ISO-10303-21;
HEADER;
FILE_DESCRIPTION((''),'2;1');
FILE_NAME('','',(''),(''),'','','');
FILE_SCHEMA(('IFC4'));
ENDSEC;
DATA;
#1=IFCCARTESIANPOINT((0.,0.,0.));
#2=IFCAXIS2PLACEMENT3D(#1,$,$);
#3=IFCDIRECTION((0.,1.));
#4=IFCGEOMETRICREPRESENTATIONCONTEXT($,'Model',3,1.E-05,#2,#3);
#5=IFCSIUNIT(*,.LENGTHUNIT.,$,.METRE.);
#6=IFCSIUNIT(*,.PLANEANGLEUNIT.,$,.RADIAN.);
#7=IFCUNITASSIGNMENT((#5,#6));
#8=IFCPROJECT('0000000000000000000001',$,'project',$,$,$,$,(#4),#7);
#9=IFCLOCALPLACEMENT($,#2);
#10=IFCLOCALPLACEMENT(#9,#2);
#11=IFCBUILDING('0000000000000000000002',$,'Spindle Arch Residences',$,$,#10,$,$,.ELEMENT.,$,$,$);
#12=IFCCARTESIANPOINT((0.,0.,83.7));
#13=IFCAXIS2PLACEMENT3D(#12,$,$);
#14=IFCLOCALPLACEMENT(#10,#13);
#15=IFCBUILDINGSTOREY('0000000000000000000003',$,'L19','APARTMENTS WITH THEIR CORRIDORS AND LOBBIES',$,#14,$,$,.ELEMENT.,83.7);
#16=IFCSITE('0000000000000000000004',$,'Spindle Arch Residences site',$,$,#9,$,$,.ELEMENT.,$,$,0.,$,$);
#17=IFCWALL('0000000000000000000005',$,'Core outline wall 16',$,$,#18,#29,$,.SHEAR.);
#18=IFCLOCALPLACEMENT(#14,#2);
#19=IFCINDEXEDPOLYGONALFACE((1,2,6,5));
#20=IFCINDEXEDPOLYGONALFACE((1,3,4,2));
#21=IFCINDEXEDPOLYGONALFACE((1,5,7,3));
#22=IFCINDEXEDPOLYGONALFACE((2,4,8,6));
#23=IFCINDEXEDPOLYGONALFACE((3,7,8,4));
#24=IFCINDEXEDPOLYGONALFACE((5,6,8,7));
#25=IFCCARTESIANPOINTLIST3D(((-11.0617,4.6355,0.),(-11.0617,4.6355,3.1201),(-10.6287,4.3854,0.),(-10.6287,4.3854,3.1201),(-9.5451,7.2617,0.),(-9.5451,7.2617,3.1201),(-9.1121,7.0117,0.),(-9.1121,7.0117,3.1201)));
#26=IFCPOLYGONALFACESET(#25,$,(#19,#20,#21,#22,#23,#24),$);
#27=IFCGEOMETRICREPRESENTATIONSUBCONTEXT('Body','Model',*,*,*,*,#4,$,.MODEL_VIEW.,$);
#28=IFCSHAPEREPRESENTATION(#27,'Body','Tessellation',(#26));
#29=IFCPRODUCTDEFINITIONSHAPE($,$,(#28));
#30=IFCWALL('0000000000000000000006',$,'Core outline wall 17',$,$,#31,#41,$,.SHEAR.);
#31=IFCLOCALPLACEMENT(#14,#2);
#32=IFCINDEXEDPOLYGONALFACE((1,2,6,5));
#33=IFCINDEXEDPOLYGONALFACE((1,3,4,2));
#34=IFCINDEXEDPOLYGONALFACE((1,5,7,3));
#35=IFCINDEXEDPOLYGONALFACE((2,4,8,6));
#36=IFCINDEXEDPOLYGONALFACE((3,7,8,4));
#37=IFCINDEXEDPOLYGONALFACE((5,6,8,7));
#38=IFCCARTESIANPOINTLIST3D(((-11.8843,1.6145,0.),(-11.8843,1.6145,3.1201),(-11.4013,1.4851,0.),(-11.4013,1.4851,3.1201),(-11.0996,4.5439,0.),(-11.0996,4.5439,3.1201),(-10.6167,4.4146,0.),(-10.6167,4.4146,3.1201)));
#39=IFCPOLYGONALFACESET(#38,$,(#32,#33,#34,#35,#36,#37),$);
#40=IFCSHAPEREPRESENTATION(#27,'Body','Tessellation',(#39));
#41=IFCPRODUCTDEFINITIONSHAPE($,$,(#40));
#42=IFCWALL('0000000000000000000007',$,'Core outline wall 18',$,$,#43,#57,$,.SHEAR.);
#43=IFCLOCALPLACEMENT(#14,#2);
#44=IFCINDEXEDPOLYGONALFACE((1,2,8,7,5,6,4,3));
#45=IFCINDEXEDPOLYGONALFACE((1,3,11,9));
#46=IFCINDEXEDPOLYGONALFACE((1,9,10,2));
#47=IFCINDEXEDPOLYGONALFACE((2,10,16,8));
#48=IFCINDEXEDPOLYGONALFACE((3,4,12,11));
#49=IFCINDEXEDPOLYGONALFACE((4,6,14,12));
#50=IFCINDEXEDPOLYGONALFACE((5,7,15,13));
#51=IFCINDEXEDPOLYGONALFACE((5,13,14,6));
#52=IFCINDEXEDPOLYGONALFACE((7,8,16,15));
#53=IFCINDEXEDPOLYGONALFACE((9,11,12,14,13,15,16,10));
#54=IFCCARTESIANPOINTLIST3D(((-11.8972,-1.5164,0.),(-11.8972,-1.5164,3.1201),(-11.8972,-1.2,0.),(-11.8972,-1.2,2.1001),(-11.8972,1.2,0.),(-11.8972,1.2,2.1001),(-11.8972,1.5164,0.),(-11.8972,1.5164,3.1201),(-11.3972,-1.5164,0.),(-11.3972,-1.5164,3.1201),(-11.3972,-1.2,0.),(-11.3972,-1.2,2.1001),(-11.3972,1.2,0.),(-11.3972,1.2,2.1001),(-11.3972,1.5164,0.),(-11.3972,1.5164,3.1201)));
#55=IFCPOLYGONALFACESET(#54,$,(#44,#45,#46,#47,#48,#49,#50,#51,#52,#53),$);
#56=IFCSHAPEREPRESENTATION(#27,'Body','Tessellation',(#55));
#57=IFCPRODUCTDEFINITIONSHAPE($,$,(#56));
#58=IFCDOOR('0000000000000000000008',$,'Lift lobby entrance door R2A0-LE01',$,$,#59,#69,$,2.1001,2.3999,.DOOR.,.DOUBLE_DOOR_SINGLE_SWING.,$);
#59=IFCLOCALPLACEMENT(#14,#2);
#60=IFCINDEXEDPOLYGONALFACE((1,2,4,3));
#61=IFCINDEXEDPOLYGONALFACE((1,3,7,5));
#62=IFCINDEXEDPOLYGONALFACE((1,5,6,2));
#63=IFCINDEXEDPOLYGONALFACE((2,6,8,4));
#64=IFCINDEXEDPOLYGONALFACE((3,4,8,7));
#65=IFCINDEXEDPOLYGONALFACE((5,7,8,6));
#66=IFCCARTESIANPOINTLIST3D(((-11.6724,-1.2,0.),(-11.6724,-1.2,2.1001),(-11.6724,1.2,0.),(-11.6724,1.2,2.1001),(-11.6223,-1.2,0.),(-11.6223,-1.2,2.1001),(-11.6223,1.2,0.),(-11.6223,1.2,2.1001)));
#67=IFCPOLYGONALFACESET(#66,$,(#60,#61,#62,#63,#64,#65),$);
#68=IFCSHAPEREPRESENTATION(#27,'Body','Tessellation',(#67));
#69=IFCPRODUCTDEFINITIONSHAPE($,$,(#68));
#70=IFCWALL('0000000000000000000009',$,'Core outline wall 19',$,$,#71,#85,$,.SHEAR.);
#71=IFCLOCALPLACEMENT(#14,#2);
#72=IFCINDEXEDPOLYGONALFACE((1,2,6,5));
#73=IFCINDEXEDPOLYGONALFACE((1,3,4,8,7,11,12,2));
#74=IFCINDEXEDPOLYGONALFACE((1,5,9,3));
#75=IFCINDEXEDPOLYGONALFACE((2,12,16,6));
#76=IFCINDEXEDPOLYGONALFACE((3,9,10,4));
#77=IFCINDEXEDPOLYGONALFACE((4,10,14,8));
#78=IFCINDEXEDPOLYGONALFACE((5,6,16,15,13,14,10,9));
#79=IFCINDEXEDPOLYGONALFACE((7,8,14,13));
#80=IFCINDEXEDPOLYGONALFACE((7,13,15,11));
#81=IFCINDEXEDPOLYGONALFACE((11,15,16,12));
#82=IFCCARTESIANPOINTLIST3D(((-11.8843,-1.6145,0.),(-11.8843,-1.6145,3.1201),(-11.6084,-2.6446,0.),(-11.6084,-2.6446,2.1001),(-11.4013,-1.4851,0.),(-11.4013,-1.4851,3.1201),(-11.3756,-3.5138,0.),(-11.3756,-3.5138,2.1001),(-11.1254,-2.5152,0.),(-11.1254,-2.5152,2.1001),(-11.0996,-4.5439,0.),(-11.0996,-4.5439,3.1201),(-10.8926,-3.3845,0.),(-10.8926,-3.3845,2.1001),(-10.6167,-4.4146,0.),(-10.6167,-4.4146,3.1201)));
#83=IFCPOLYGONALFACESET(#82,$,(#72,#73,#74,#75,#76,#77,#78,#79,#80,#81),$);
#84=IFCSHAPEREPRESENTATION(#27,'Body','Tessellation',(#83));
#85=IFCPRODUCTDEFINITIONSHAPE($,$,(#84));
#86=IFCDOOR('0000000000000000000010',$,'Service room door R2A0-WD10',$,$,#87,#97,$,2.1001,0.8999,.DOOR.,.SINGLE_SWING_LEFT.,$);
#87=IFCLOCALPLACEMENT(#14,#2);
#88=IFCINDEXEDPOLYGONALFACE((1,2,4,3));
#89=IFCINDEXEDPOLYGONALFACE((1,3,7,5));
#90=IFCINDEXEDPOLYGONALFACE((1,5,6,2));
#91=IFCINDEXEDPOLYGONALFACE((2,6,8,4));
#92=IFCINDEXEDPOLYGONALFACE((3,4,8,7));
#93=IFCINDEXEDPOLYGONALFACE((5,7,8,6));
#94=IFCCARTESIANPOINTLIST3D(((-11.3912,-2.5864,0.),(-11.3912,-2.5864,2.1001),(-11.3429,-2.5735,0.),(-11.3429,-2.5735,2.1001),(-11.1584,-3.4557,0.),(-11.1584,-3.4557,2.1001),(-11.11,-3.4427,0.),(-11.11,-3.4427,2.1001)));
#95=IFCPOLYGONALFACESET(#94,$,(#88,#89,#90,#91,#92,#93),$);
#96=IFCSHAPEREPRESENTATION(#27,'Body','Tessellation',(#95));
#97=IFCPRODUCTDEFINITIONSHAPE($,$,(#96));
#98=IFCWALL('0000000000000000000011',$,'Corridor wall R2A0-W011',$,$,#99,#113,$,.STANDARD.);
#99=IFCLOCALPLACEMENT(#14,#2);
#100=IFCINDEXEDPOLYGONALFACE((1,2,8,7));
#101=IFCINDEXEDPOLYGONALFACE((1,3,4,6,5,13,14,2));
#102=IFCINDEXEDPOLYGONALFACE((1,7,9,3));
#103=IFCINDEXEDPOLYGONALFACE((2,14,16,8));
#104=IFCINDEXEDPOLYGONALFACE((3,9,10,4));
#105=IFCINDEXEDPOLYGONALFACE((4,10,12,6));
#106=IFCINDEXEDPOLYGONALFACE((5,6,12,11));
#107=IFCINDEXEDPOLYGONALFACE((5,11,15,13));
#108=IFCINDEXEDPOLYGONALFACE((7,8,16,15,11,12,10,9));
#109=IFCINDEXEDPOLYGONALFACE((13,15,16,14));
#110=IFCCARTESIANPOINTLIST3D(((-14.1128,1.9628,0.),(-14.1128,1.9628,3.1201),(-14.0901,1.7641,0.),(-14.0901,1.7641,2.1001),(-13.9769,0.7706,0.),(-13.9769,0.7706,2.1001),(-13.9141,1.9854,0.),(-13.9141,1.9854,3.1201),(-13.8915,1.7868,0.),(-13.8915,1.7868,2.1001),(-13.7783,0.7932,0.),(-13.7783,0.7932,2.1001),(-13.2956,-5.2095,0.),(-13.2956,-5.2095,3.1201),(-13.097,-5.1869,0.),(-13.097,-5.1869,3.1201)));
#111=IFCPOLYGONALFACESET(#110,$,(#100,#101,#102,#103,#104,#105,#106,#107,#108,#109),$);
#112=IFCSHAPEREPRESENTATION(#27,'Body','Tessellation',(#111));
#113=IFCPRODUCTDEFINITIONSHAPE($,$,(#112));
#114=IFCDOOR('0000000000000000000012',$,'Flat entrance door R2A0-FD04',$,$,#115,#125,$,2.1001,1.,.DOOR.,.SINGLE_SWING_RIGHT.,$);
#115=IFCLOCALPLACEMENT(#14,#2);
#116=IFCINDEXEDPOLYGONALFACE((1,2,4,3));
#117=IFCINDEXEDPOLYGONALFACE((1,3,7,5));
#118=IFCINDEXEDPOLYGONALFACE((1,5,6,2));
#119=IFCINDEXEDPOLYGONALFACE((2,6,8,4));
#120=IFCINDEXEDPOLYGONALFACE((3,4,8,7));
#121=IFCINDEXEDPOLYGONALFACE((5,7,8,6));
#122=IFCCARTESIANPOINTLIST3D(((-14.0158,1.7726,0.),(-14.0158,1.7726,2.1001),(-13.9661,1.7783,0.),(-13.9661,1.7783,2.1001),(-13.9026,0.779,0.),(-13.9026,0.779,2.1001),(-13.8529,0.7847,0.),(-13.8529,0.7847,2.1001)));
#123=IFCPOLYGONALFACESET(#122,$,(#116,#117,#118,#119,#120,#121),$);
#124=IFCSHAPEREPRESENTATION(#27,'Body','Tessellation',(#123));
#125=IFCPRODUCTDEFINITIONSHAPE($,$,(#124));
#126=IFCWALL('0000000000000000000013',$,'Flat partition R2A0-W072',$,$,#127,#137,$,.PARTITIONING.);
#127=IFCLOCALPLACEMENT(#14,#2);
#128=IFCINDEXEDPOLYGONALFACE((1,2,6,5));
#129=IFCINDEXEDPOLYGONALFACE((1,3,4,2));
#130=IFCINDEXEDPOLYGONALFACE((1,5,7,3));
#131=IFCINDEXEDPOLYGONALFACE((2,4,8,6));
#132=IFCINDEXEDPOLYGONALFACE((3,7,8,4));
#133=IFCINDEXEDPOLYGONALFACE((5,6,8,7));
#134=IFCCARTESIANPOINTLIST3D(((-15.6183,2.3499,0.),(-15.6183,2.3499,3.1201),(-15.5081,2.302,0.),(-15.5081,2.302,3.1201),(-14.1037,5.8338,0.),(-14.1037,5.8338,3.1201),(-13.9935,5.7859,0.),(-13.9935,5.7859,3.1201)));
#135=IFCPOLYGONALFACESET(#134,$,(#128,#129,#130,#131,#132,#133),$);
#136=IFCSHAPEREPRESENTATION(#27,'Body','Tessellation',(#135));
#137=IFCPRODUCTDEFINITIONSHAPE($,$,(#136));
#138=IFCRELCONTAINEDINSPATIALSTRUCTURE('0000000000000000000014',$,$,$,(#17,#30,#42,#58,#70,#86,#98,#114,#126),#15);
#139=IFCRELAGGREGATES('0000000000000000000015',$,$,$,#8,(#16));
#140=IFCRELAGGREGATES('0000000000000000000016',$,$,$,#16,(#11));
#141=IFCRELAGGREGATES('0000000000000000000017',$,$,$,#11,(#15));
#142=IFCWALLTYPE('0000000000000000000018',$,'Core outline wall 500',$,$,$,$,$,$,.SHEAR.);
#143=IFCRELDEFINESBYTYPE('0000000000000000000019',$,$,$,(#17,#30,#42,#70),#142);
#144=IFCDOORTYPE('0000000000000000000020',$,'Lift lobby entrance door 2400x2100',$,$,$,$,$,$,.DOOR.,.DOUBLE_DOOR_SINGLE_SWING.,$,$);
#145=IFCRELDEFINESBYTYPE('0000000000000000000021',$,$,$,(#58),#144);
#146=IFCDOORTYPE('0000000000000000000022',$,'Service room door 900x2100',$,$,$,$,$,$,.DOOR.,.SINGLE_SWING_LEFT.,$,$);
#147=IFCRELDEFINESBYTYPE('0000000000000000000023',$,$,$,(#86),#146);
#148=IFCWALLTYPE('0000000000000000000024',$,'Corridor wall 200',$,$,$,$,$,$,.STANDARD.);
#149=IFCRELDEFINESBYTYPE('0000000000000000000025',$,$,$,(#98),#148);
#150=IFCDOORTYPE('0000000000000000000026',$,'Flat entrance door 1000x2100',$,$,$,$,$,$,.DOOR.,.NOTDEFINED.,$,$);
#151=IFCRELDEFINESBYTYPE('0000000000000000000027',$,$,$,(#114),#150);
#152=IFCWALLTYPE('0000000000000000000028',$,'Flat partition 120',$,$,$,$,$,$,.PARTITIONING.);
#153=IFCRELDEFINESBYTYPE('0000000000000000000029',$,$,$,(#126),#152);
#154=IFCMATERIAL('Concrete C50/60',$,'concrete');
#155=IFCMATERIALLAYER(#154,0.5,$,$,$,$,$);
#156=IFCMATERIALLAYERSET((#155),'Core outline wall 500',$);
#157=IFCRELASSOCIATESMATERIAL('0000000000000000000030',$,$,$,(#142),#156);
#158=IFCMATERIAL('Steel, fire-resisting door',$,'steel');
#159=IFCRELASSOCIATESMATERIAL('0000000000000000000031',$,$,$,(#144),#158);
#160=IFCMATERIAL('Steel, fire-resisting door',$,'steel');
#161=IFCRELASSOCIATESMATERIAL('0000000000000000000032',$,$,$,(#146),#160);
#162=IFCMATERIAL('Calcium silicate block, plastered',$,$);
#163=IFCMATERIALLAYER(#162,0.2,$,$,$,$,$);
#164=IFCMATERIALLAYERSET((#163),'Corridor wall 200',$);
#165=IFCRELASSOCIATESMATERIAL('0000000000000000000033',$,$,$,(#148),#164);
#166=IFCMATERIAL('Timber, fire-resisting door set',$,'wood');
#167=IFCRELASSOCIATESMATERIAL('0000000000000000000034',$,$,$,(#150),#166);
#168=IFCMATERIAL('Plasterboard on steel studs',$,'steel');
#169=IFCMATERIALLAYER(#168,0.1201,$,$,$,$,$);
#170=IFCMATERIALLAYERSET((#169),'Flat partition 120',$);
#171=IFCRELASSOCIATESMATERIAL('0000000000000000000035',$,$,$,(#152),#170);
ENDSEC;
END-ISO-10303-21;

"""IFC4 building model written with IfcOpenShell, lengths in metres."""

from ifc_helpers import new_model, si_unit, direction, frame, frame_2d, origin, place, context, subcontext, project, spatial, rectangle, extrude, material, layer, layer_set, type_object, element, fill, save


model = new_model("IFC4")

# Units and contexts
model_context = context("Model", 3, precision=1e-05, world=origin(), true_north=direction((0.0, 1.0)))
body_context = subcontext(model_context, "Body", "Model", "MODEL_VIEW")
ifc_project = project(units=[si_unit("LENGTHUNIT", "METRE"), si_unit("PLANEANGLEUNIT", "RADIAN")], contexts=[model_context])

# Site, building, storey
site_placement = place(None, origin())
site = spatial("IfcSite", under=ifc_project, at=site_placement, Name="Spindle Arch Residences site", CompositionType="ELEMENT", RefElevation=0.0)
building_placement = place(site_placement, origin())
building = spatial("IfcBuilding", under=site, at=building_placement, Name="Spindle Arch Residences", CompositionType="ELEMENT")
storey_placement = place(building_placement, frame((0.0, 0.0, 83.7)))
storey = spatial("IfcBuildingStorey", under=building, at=storey_placement, Name="L19", Description="APARTMENTS WITH THEIR CORRIDORS AND LOBBIES", CompositionType="ELEMENT", Elevation=83.7)

# Walls
ifc_material_1 = material(Name="Concrete C50/60", Category="concrete")
ifc_layer_1 = layer(ifc_material_1, 0.5)
ifc_layer_set_1 = layer_set([ifc_layer_1], Name="Core outline wall 500")
wall_type_1 = type_object("IfcWallType", Name="Core outline wall 500", PredefinedType="SHEAR", material=ifc_layer_set_1)
for number, where, z_axis, x_axis, name in (
    (1, (-9.3286, 7.1367, 0.0), (0.0, 0.0, 1.0), (-0.500087, -0.865975, 0.0), "Core outline wall 16"),
    (2, (-10.8582, 4.4792, 0.0), (0.0, 0.0, 1.0), (-0.258735, -0.965948, 0.0), "Core outline wall 17"),
):
    element("IfcWall", number, at=place(storey_placement, frame(where, z_axis=z_axis, x_axis=x_axis)), inside=storey, type_object=wall_type_1, Name=name, PredefinedType="SHEAR", context=body_context, shape_type="SweptSolid", body=[
        extrude(rectangle(XDim=3.0327, YDim=0.5, at=frame_2d((1.5164, 0.0))), origin(), (0.0, 0.0, 1.0), 3.1201),
    ])

# Walls, openings, doors
wall_1_placement = place(storey_placement, frame((-11.6472, 1.5164, 0.0), z_axis=(0.0, 0.0, 1.0), x_axis=(0.0, -1.0, 0.0)))
wall_1 = element("IfcWall", 3, at=wall_1_placement, inside=storey, type_object=wall_type_1, Name="Core outline wall 18", PredefinedType="SHEAR", context=body_context, shape_type="SweptSolid", body=[
    extrude(rectangle(XDim=3.0327, YDim=0.5, at=frame_2d((1.5164, 0.0))), origin(), (0.0, 0.0, 1.0), 3.1201),
])
opening_1_placement = place(wall_1_placement, frame((0.3164, 0.0, 0.0)))
opening_1 = element("IfcOpeningElement", 4, at=opening_1_placement, cuts=wall_1, PredefinedType="OPENING", context=body_context, shape_type="SweptSolid", body=[
    extrude(rectangle(XDim=2.3999, YDim=2.1001, at=frame_2d((1.2, 1.05))), frame((0.0, 0.26, 0.0), z_axis=(0.0, -1.0, 0.0), x_axis=(1.0, 0.0, 0.0)), (0.0, 0.0, 1.0), 0.52),
])
ifc_material_2 = material(Name="Steel, fire-resisting door", Category="steel")
door_type_1 = type_object("IfcDoorType", Name="Lift lobby entrance door 2400x2100", OperationType="DOUBLE_DOOR_SINGLE_SWING", PredefinedType="DOOR", material=ifc_material_2)
door_1_placement = place(opening_1_placement, origin())
door_1 = element("IfcDoor", 5, at=door_1_placement, inside=storey, type_object=door_type_1, Name="Lift lobby entrance door R2A0-LE01", OperationType="DOUBLE_DOOR_SINGLE_SWING", OverallHeight=2.1001, OverallWidth=2.3999, PredefinedType="DOOR", context=body_context, shape_type="SweptSolid", body=[
    extrude(rectangle(XDim=2.3999, YDim=2.1001, at=frame_2d((1.2, 1.05))), frame((0.0, 0.0249, 0.0), z_axis=(0.0, -1.0, 0.0), x_axis=(1.0, 0.0, 0.0)), (0.0, 0.0, 1.0), 0.05),
])
fill(opening_1, door_1)
wall_2_placement = place(storey_placement, frame((-11.6428, -1.5498, 0.0), z_axis=(0.0, 0.0, 1.0), x_axis=(0.258735, -0.965948, 0.0)))
wall_2 = element("IfcWall", 6, at=wall_2_placement, inside=storey, type_object=wall_type_1, Name="Core outline wall 19", PredefinedType="SHEAR", context=body_context, shape_type="SweptSolid", body=[
    extrude(rectangle(XDim=3.0327, YDim=0.5, at=frame_2d((1.5164, 0.0))), origin(), (0.0, 0.0, 1.0), 3.1201),
])
opening_2_placement = place(wall_2_placement, frame((1.0664, 0.0, 0.0)))
opening_2 = element("IfcOpeningElement", 7, at=opening_2_placement, cuts=wall_2, PredefinedType="OPENING", context=body_context, shape_type="SweptSolid", body=[
    extrude(rectangle(XDim=0.8999, YDim=2.1001, at=frame_2d((0.45, 1.05))), frame((0.0, 0.26, 0.0), z_axis=(0.0, -1.0, 0.0), x_axis=(1.0, 0.0, 0.0)), (0.0, 0.0, 1.0), 0.52),
])
ifc_material_3 = material(Name="Steel, fire-resisting door", Category="steel")
door_type_2 = type_object("IfcDoorType", Name="Service room door 900x2100", OperationType="SINGLE_SWING_LEFT", PredefinedType="DOOR", material=ifc_material_3)
door_2_placement = place(opening_2_placement, origin())
door_2 = element("IfcDoor", 8, at=door_2_placement, inside=storey, type_object=door_type_2, Name="Service room door R2A0-WD10", OperationType="SINGLE_SWING_LEFT", OverallHeight=2.1001, OverallWidth=0.8999, PredefinedType="DOOR", context=body_context, shape_type="SweptSolid", body=[
    extrude(rectangle(XDim=0.8999, YDim=2.1001, at=frame_2d((0.45, 1.05))), frame((0.0, 0.0249, 0.0), z_axis=(0.0, -1.0, 0.0), x_axis=(1.0, 0.0, 0.0)), (0.0, 0.0, 1.0), 0.05),
])
fill(opening_2, door_2)
ifc_material_4 = material(Name="Calcium silicate block, plastered")
ifc_layer_2 = layer(ifc_material_4, 0.2)
ifc_layer_set_2 = layer_set([ifc_layer_2], Name="Corridor wall 200")
wall_type_2 = type_object("IfcWallType", Name="Corridor wall 200", PredefinedType="STANDARD", material=ifc_layer_set_2)
wall_3_placement = place(storey_placement, frame((-14.0134, 1.9741, 0.0), z_axis=(0.0, 0.0, 1.0), x_axis=(0.113197, -0.993573, 0.0)))
wall_3 = element("IfcWall", 9, at=wall_3_placement, inside=storey, type_object=wall_type_2, Name="Corridor wall R2A0-W011", PredefinedType="STANDARD", context=body_context, shape_type="SweptSolid", body=[
    extrude(rectangle(XDim=7.2188, YDim=0.2, at=frame_2d((3.6094, 0.0))), origin(), (0.0, 0.0, 1.0), 3.1201),
])
opening_3_placement = place(wall_3_placement, frame((0.2, 0.0, 0.0)))
opening_3 = element("IfcOpeningElement", 10, at=opening_3_placement, cuts=wall_3, PredefinedType="OPENING", context=body_context, shape_type="SweptSolid", body=[
    extrude(rectangle(XDim=1.0, YDim=2.1001, at=frame_2d((0.5, 1.05))), frame((0.0, 0.1099, 0.0), z_axis=(0.0, -1.0, 0.0), x_axis=(1.0, 0.0, 0.0)), (0.0, 0.0, 1.0), 0.22),
])
ifc_material_5 = material(Name="Timber, fire-resisting door set", Category="wood")
door_type_3 = type_object("IfcDoorType", Name="Flat entrance door 1000x2100", OperationType="NOTDEFINED", PredefinedType="DOOR", material=ifc_material_5)
door_3_placement = place(opening_3_placement, origin())
door_3 = element("IfcDoor", 11, at=door_3_placement, inside=storey, type_object=door_type_3, Name="Flat entrance door R2A0-FD04", OperationType="SINGLE_SWING_RIGHT", OverallHeight=2.1001, OverallWidth=1.0, PredefinedType="DOOR", context=body_context, shape_type="SweptSolid", body=[
    extrude(rectangle(XDim=1.0, YDim=2.1001, at=frame_2d((0.5, 1.05))), frame((0.0, 0.0249, 0.0), z_axis=(0.0, -1.0, 0.0), x_axis=(1.0, 0.0, 0.0)), (0.0, 0.0, 1.0), 0.05),
])
fill(opening_3, door_3)

# Wall
ifc_material_6 = material(Name="Plasterboard on steel studs", Category="steel")
ifc_layer_3 = layer(ifc_material_6, 0.1201)
ifc_layer_set_3 = layer_set([ifc_layer_3], Name="Flat partition 120")
wall_type_3 = type_object("IfcWallType", Name="Flat partition 120", PredefinedType="PARTITIONING", material=ifc_layer_set_3)
wall_4_placement = place(storey_placement, frame((-14.0486, 5.8098, 0.0), z_axis=(0.0, 0.0, 1.0), x_axis=(-0.398707, -0.917078, 0.0)))
element("IfcWall", 12, at=wall_4_placement, inside=storey, type_object=wall_type_3, Name="Flat partition R2A0-W072", PredefinedType="PARTITIONING", context=body_context, shape_type="SweptSolid", body=[
    extrude(rectangle(XDim=3.7988, YDim=0.1201, at=frame_2d((1.8994, 0.0))), origin(), (0.0, 0.0, 1.0), 3.1201),
])

save(model, "model.ifc")
